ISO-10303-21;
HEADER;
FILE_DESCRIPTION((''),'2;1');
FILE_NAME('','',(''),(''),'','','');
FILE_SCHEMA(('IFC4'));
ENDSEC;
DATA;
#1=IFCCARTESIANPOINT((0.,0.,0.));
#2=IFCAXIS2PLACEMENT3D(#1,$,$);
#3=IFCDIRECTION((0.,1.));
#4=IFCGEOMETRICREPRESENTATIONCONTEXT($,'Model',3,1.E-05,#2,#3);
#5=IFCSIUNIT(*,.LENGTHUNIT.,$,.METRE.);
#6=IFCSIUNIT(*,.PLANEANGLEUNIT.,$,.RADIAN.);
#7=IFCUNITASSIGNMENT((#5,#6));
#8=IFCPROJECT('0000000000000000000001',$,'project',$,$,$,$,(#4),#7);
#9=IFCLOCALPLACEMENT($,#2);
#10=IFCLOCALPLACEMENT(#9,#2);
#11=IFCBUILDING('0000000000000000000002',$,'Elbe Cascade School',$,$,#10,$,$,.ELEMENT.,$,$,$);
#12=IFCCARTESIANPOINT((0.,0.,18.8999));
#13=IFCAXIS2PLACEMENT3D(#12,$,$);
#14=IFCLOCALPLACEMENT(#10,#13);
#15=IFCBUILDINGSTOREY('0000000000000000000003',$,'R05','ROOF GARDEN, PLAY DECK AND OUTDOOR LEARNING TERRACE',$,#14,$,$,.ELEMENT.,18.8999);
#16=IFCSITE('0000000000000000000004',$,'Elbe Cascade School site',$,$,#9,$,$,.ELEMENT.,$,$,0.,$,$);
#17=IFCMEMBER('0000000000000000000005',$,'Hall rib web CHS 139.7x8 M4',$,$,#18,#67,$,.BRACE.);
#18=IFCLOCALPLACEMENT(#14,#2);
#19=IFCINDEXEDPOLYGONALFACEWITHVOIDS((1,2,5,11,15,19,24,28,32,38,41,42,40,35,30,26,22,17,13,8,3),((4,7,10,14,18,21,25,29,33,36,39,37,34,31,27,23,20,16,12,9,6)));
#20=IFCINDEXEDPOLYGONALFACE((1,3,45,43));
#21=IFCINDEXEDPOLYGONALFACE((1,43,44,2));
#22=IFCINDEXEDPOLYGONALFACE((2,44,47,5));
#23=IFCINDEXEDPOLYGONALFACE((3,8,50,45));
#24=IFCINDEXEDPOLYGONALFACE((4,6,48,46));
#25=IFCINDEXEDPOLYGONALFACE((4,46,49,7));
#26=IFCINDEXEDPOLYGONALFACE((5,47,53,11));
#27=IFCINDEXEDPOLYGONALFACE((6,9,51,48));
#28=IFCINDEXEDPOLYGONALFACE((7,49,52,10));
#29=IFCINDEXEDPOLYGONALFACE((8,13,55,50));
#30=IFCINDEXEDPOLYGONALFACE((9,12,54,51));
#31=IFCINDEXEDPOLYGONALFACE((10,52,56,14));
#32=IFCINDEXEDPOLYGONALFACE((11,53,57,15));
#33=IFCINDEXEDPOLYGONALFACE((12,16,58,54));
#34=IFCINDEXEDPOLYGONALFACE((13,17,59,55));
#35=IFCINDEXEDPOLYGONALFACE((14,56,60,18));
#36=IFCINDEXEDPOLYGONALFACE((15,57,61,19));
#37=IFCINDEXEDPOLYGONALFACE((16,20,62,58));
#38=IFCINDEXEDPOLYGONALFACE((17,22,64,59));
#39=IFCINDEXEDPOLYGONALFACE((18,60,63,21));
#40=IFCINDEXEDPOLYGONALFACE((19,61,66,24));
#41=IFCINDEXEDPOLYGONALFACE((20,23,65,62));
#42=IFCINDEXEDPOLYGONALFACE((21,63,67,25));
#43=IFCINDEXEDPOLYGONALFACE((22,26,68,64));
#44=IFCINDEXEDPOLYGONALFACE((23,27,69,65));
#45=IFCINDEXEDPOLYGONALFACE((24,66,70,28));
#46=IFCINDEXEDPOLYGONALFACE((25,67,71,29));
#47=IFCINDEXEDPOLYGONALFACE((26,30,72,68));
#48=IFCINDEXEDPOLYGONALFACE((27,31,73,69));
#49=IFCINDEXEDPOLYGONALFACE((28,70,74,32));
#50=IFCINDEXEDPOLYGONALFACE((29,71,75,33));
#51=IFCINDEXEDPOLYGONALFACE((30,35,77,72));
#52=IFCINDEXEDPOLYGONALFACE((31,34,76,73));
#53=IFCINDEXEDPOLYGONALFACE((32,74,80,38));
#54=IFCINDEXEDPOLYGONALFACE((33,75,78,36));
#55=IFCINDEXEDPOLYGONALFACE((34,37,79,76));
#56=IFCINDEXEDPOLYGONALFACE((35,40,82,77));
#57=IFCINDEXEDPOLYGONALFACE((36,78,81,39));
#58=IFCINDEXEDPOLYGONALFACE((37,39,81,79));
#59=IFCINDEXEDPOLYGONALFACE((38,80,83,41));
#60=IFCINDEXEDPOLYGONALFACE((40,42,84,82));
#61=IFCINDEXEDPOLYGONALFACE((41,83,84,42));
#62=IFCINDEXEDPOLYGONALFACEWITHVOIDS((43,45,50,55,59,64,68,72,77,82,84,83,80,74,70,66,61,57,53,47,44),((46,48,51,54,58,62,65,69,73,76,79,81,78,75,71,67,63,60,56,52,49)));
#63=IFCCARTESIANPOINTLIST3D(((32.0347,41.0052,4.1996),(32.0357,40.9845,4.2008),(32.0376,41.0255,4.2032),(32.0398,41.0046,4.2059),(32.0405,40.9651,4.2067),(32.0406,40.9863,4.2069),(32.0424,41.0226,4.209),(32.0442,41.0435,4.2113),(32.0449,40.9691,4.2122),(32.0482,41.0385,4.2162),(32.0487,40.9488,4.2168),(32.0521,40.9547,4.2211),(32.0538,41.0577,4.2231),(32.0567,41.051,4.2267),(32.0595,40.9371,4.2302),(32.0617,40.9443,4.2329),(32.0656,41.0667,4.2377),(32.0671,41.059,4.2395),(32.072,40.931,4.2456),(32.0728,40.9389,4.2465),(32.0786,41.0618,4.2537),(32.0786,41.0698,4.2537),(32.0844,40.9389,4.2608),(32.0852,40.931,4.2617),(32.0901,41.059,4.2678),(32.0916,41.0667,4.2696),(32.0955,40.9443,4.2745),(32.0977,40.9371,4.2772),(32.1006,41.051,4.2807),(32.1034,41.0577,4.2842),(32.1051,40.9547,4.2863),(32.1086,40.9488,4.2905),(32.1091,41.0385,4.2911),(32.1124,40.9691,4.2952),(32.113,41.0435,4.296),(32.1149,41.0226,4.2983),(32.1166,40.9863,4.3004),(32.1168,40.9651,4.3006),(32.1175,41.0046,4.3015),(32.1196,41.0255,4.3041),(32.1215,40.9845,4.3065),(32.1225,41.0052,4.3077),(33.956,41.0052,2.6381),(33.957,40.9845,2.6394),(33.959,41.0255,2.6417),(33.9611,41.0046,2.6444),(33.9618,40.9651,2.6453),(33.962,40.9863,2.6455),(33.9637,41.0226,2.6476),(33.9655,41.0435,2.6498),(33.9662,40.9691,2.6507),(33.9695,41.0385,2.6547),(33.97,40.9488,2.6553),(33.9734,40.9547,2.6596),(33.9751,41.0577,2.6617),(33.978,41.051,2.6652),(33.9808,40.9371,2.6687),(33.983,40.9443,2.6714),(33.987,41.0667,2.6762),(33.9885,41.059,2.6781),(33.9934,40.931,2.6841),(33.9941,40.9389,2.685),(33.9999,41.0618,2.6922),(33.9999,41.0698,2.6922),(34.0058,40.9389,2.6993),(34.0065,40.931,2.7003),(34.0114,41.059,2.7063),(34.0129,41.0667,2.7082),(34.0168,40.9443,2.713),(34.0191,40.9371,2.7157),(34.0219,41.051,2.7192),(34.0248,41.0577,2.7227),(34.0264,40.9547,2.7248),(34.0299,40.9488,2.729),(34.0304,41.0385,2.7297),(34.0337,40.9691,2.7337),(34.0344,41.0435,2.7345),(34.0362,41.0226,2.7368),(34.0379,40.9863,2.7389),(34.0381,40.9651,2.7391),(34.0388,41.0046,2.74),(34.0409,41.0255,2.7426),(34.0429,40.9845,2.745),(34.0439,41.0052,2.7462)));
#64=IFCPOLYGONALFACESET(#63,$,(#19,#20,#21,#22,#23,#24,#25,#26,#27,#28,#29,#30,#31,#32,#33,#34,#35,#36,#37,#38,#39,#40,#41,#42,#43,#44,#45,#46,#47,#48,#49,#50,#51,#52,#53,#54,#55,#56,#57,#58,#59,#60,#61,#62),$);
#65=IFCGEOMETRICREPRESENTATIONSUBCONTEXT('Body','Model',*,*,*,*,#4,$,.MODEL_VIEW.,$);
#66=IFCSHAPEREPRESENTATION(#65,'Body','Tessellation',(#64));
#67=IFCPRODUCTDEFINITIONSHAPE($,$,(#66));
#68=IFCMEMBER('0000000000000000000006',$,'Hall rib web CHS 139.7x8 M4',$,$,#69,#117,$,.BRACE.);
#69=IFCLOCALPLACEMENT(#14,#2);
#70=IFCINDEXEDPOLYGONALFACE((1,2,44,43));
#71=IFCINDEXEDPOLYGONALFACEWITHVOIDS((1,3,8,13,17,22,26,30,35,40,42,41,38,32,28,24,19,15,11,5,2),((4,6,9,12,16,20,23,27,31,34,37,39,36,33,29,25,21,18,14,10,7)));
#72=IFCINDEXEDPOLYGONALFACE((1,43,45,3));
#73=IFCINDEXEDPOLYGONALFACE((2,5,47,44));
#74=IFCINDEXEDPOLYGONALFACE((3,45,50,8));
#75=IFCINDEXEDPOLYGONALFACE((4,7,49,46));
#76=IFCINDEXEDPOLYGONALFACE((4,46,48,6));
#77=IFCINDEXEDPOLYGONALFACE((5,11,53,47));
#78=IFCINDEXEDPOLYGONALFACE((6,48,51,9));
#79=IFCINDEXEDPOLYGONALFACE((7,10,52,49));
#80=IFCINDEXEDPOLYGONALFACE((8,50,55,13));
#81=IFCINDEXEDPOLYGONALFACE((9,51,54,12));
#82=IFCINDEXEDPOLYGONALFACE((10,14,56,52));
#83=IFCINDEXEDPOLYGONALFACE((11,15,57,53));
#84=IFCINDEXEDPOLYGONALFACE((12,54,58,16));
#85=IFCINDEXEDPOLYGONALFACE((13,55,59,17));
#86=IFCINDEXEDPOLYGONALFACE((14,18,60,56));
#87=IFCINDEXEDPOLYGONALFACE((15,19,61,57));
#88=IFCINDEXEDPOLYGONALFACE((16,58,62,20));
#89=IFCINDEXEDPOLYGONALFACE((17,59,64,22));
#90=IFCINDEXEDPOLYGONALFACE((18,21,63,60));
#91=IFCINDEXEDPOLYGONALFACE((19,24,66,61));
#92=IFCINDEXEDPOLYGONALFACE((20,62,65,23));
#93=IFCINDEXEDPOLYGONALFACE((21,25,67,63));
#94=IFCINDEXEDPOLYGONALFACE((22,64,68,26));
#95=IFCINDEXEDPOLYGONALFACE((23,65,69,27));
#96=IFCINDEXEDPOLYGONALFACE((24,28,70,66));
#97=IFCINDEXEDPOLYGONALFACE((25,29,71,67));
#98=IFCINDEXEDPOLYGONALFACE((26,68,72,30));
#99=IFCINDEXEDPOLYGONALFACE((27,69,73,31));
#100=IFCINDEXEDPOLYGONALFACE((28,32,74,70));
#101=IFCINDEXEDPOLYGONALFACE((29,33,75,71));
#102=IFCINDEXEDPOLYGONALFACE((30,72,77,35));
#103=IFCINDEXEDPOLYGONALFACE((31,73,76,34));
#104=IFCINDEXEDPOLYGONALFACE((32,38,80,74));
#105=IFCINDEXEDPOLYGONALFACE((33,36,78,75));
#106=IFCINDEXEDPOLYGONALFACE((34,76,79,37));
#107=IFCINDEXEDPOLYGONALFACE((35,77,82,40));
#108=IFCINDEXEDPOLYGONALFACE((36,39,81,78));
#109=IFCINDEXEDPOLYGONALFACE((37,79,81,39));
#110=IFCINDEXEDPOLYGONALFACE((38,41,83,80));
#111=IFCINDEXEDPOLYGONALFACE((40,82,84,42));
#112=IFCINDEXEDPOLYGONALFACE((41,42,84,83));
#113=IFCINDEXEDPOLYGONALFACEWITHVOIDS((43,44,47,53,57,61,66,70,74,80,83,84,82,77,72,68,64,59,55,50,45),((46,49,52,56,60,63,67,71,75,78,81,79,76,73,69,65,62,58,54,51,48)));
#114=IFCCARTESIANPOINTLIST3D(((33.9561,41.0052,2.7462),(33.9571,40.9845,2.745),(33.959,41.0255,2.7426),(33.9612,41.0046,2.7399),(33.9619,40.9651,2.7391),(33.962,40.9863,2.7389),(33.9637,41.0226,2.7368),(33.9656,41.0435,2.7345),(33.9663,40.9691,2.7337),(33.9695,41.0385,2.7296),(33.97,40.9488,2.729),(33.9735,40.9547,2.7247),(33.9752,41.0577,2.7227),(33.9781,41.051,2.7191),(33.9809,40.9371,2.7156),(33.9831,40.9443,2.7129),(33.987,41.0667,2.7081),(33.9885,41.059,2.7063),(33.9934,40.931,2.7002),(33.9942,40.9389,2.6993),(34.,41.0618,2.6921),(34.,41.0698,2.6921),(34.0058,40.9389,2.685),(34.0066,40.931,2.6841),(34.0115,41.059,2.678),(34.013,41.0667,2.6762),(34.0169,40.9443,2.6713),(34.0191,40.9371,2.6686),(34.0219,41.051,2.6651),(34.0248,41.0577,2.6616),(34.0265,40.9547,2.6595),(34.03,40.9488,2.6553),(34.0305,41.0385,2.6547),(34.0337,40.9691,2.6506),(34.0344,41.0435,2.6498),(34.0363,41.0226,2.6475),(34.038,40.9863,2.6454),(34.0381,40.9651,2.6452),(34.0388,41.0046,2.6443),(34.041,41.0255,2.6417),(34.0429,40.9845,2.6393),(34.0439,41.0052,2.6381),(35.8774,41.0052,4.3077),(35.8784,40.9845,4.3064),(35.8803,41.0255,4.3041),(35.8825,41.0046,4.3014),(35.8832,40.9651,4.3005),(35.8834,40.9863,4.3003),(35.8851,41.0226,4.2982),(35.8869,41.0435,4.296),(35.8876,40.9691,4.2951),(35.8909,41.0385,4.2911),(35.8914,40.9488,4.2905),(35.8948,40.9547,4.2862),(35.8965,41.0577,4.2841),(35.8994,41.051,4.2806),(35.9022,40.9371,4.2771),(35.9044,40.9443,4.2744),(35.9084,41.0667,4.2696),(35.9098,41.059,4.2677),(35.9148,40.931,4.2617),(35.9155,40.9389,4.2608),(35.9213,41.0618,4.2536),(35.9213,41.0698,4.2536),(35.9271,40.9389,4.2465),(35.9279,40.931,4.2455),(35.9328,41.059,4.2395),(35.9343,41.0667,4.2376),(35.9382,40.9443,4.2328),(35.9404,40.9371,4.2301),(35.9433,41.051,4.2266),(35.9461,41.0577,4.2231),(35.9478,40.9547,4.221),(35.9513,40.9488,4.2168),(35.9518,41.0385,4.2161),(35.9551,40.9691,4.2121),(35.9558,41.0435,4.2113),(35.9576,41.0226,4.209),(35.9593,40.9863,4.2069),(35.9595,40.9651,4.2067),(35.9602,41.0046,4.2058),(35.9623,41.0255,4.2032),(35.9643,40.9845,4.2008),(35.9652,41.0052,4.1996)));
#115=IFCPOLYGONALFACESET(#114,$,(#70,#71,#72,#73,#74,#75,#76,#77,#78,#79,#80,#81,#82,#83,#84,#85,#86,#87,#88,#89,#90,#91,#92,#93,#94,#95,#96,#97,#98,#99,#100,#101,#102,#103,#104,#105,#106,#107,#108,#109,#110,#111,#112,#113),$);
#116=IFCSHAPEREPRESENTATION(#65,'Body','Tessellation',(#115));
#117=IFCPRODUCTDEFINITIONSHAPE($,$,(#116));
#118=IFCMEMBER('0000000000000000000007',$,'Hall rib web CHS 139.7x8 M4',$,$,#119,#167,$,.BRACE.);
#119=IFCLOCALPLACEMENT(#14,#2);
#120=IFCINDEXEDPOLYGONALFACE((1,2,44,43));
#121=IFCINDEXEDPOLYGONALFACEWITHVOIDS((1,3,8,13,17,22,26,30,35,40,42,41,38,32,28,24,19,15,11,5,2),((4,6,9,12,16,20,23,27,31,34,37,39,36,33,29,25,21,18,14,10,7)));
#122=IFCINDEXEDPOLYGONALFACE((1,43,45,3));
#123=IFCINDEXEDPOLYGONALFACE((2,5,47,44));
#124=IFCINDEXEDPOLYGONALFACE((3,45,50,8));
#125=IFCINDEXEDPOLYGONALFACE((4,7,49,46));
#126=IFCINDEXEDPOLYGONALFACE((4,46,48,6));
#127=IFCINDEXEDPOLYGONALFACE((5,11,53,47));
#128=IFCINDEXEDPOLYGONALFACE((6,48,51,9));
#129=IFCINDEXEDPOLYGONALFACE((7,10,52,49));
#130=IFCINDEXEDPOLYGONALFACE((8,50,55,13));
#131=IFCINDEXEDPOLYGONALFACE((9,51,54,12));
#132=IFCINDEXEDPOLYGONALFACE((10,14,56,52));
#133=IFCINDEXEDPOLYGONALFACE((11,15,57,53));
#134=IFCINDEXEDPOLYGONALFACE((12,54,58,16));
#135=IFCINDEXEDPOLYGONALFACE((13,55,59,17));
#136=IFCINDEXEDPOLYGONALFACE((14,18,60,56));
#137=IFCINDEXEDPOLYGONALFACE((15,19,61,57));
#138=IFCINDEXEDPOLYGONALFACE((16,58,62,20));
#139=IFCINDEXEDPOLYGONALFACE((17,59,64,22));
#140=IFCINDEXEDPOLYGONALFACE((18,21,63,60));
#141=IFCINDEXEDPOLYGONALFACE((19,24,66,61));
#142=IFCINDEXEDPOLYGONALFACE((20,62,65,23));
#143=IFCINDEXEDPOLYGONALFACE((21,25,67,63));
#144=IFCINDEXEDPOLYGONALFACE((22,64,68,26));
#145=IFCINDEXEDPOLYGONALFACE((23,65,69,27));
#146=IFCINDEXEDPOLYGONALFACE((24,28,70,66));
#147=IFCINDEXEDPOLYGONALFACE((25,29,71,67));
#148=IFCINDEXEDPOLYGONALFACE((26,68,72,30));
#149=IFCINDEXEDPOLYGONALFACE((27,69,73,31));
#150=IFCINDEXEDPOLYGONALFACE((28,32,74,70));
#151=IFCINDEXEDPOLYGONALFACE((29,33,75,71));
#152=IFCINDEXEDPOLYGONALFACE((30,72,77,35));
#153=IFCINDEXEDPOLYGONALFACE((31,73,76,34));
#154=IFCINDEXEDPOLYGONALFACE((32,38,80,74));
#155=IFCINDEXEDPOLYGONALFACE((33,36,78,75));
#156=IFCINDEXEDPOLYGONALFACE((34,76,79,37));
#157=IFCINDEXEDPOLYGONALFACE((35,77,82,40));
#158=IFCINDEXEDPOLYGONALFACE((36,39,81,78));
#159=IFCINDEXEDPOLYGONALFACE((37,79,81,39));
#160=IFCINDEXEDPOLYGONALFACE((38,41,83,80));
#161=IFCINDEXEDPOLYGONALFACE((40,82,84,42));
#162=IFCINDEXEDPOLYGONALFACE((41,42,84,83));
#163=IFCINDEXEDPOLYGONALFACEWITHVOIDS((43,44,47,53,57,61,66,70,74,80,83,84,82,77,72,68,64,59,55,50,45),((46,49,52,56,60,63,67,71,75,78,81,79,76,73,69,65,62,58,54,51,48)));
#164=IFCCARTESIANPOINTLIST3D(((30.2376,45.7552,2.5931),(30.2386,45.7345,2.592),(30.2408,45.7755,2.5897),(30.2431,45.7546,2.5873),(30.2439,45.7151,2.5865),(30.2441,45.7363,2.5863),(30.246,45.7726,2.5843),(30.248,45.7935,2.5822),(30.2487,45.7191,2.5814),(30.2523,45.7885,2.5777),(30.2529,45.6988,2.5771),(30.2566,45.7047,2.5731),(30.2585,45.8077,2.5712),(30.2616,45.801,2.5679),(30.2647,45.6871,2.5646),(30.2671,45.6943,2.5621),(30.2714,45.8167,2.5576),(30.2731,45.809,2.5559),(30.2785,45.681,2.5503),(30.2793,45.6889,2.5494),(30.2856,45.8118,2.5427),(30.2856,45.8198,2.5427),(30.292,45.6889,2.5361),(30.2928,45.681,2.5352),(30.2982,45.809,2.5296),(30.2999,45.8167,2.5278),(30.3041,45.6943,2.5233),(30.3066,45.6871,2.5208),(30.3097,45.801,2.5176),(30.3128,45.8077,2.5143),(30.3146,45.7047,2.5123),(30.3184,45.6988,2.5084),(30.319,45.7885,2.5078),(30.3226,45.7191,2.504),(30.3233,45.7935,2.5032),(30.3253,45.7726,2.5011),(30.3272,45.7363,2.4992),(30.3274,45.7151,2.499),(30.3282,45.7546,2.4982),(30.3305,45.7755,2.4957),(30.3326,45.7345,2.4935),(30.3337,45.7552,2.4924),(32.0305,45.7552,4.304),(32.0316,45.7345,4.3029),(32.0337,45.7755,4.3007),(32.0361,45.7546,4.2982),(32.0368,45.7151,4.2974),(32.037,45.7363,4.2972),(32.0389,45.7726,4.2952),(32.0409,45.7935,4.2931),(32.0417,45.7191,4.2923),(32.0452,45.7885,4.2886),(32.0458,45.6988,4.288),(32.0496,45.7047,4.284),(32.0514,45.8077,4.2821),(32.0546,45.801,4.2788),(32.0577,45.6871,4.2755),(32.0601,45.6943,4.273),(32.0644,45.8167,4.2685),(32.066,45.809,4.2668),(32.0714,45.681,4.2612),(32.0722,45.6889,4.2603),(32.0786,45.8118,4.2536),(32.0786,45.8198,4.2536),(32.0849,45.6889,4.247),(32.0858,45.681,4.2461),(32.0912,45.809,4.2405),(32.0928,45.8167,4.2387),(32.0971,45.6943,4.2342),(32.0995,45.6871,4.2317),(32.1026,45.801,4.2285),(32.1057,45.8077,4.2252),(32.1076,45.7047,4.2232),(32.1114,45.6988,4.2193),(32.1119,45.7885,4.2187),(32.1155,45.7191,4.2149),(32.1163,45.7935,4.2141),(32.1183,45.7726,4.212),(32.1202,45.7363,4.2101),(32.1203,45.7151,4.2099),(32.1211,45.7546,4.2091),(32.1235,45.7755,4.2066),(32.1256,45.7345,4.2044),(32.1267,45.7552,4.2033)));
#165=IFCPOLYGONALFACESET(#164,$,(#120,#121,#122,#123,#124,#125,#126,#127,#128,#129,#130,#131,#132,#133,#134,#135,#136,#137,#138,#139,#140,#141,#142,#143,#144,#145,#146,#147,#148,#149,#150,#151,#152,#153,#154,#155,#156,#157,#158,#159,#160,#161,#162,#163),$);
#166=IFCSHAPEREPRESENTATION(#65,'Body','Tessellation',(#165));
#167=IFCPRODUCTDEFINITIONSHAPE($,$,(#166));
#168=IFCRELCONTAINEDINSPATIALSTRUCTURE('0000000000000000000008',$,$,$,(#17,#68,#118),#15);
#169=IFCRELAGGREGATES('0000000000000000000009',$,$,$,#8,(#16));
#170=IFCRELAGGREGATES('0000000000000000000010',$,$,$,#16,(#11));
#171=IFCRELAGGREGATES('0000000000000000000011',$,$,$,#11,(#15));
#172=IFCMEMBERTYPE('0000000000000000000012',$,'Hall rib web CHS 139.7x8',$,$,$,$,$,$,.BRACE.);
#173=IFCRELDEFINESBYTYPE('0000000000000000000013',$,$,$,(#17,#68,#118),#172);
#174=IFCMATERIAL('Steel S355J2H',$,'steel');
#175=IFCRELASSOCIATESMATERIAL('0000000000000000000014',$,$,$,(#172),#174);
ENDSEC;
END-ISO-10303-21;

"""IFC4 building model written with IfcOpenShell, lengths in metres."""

from ifc_helpers import new_model, si_unit, direction, frame, origin, origin_2d, place, context, subcontext, project, spatial, hollow_circle, extrude, material, material_profile, profile_set, type_object, element, save


model = new_model("IFC4")

# Units and contexts
model_context = context("Model", 3, precision=1e-05, world=origin(), true_north=direction((0.0, 1.0)))
body_context = subcontext(model_context, "Body", "Model", "MODEL_VIEW")
ifc_project = project(units=[si_unit("LENGTHUNIT", "METRE"), si_unit("PLANEANGLEUNIT", "RADIAN")], contexts=[model_context])

# Site, building, storey
site_placement = place(None, origin())
site = spatial("IfcSite", under=ifc_project, at=site_placement, Name="Elbe Cascade School site", CompositionType="ELEMENT", RefElevation=0.0)
building_placement = place(site_placement, origin())
building = spatial("IfcBuilding", under=site, at=building_placement, Name="Elbe Cascade School", CompositionType="ELEMENT")
storey_placement = place(building_placement, frame((0.0, 0.0, 18.8999)))
storey = spatial("IfcBuildingStorey", under=building, at=storey_placement, Name="R05", Description="ROOF GARDEN, PLAY DECK AND OUTDOOR LEARNING TERRACE", CompositionType="ELEMENT", Elevation=18.8999)

# Members
ifc_material_1 = material(Name="Steel S355J2H", Category="steel")
ifc_material_profile_1 = material_profile(ifc_material_1, hollow_circle(Radius=0.0698, WallThickness=0.0081, at=origin_2d()), Name="CHS 139.7x8")
ifc_profile_set_1 = profile_set([ifc_material_profile_1], Name="Steel S355J2H")
member_type_1 = type_object("IfcMemberType", Name="Hall rib web CHS 139.7x8", PredefinedType="BRACE", material=ifc_profile_set_1)
for number, where, z_axis, x_axis, name in (
    (1, (32.0786, 41.0, 4.2537), (0.776036, 0.0, -0.630689), (0.0, 1.0, 0.0), "Hall rib web CHS 139.7x8 M4"),
    (2, (34.0, 41.0, 2.6921), (0.776036, 0.0, 0.630689), (0.0, 1.0, 0.0), "Hall rib web CHS 139.7x8 M4"),
):
    element("IfcMember", number, at=place(storey_placement, frame(where, z_axis=z_axis, x_axis=x_axis)), inside=storey, type_object=member_type_1, Name=name, PredefinedType="BRACE", context=body_context, shape_type="SweptSolid", body=[
        extrude(hollow_circle(Radius=0.0698, WallThickness=0.0081, at=origin_2d()), origin(), (0.0, 0.0, 1.0), 2.4758),
    ])
member_1_placement = place(storey_placement, frame((30.2856, 45.75, 2.5427), z_axis=(0.723463, 0.0, 0.690363), x_axis=(0.0, 1.0, 0.0)))
element("IfcMember", 3, at=member_1_placement, inside=storey, type_object=member_type_1, Name="Hall rib web CHS 139.7x8 M4", PredefinedType="BRACE", context=body_context, shape_type="SweptSolid", body=[
    extrude(hollow_circle(Radius=0.0698, WallThickness=0.0081, at=origin_2d()), origin(), (0.0, 0.0, 1.0), 2.4783),
])

save(model, "model.ifc")
